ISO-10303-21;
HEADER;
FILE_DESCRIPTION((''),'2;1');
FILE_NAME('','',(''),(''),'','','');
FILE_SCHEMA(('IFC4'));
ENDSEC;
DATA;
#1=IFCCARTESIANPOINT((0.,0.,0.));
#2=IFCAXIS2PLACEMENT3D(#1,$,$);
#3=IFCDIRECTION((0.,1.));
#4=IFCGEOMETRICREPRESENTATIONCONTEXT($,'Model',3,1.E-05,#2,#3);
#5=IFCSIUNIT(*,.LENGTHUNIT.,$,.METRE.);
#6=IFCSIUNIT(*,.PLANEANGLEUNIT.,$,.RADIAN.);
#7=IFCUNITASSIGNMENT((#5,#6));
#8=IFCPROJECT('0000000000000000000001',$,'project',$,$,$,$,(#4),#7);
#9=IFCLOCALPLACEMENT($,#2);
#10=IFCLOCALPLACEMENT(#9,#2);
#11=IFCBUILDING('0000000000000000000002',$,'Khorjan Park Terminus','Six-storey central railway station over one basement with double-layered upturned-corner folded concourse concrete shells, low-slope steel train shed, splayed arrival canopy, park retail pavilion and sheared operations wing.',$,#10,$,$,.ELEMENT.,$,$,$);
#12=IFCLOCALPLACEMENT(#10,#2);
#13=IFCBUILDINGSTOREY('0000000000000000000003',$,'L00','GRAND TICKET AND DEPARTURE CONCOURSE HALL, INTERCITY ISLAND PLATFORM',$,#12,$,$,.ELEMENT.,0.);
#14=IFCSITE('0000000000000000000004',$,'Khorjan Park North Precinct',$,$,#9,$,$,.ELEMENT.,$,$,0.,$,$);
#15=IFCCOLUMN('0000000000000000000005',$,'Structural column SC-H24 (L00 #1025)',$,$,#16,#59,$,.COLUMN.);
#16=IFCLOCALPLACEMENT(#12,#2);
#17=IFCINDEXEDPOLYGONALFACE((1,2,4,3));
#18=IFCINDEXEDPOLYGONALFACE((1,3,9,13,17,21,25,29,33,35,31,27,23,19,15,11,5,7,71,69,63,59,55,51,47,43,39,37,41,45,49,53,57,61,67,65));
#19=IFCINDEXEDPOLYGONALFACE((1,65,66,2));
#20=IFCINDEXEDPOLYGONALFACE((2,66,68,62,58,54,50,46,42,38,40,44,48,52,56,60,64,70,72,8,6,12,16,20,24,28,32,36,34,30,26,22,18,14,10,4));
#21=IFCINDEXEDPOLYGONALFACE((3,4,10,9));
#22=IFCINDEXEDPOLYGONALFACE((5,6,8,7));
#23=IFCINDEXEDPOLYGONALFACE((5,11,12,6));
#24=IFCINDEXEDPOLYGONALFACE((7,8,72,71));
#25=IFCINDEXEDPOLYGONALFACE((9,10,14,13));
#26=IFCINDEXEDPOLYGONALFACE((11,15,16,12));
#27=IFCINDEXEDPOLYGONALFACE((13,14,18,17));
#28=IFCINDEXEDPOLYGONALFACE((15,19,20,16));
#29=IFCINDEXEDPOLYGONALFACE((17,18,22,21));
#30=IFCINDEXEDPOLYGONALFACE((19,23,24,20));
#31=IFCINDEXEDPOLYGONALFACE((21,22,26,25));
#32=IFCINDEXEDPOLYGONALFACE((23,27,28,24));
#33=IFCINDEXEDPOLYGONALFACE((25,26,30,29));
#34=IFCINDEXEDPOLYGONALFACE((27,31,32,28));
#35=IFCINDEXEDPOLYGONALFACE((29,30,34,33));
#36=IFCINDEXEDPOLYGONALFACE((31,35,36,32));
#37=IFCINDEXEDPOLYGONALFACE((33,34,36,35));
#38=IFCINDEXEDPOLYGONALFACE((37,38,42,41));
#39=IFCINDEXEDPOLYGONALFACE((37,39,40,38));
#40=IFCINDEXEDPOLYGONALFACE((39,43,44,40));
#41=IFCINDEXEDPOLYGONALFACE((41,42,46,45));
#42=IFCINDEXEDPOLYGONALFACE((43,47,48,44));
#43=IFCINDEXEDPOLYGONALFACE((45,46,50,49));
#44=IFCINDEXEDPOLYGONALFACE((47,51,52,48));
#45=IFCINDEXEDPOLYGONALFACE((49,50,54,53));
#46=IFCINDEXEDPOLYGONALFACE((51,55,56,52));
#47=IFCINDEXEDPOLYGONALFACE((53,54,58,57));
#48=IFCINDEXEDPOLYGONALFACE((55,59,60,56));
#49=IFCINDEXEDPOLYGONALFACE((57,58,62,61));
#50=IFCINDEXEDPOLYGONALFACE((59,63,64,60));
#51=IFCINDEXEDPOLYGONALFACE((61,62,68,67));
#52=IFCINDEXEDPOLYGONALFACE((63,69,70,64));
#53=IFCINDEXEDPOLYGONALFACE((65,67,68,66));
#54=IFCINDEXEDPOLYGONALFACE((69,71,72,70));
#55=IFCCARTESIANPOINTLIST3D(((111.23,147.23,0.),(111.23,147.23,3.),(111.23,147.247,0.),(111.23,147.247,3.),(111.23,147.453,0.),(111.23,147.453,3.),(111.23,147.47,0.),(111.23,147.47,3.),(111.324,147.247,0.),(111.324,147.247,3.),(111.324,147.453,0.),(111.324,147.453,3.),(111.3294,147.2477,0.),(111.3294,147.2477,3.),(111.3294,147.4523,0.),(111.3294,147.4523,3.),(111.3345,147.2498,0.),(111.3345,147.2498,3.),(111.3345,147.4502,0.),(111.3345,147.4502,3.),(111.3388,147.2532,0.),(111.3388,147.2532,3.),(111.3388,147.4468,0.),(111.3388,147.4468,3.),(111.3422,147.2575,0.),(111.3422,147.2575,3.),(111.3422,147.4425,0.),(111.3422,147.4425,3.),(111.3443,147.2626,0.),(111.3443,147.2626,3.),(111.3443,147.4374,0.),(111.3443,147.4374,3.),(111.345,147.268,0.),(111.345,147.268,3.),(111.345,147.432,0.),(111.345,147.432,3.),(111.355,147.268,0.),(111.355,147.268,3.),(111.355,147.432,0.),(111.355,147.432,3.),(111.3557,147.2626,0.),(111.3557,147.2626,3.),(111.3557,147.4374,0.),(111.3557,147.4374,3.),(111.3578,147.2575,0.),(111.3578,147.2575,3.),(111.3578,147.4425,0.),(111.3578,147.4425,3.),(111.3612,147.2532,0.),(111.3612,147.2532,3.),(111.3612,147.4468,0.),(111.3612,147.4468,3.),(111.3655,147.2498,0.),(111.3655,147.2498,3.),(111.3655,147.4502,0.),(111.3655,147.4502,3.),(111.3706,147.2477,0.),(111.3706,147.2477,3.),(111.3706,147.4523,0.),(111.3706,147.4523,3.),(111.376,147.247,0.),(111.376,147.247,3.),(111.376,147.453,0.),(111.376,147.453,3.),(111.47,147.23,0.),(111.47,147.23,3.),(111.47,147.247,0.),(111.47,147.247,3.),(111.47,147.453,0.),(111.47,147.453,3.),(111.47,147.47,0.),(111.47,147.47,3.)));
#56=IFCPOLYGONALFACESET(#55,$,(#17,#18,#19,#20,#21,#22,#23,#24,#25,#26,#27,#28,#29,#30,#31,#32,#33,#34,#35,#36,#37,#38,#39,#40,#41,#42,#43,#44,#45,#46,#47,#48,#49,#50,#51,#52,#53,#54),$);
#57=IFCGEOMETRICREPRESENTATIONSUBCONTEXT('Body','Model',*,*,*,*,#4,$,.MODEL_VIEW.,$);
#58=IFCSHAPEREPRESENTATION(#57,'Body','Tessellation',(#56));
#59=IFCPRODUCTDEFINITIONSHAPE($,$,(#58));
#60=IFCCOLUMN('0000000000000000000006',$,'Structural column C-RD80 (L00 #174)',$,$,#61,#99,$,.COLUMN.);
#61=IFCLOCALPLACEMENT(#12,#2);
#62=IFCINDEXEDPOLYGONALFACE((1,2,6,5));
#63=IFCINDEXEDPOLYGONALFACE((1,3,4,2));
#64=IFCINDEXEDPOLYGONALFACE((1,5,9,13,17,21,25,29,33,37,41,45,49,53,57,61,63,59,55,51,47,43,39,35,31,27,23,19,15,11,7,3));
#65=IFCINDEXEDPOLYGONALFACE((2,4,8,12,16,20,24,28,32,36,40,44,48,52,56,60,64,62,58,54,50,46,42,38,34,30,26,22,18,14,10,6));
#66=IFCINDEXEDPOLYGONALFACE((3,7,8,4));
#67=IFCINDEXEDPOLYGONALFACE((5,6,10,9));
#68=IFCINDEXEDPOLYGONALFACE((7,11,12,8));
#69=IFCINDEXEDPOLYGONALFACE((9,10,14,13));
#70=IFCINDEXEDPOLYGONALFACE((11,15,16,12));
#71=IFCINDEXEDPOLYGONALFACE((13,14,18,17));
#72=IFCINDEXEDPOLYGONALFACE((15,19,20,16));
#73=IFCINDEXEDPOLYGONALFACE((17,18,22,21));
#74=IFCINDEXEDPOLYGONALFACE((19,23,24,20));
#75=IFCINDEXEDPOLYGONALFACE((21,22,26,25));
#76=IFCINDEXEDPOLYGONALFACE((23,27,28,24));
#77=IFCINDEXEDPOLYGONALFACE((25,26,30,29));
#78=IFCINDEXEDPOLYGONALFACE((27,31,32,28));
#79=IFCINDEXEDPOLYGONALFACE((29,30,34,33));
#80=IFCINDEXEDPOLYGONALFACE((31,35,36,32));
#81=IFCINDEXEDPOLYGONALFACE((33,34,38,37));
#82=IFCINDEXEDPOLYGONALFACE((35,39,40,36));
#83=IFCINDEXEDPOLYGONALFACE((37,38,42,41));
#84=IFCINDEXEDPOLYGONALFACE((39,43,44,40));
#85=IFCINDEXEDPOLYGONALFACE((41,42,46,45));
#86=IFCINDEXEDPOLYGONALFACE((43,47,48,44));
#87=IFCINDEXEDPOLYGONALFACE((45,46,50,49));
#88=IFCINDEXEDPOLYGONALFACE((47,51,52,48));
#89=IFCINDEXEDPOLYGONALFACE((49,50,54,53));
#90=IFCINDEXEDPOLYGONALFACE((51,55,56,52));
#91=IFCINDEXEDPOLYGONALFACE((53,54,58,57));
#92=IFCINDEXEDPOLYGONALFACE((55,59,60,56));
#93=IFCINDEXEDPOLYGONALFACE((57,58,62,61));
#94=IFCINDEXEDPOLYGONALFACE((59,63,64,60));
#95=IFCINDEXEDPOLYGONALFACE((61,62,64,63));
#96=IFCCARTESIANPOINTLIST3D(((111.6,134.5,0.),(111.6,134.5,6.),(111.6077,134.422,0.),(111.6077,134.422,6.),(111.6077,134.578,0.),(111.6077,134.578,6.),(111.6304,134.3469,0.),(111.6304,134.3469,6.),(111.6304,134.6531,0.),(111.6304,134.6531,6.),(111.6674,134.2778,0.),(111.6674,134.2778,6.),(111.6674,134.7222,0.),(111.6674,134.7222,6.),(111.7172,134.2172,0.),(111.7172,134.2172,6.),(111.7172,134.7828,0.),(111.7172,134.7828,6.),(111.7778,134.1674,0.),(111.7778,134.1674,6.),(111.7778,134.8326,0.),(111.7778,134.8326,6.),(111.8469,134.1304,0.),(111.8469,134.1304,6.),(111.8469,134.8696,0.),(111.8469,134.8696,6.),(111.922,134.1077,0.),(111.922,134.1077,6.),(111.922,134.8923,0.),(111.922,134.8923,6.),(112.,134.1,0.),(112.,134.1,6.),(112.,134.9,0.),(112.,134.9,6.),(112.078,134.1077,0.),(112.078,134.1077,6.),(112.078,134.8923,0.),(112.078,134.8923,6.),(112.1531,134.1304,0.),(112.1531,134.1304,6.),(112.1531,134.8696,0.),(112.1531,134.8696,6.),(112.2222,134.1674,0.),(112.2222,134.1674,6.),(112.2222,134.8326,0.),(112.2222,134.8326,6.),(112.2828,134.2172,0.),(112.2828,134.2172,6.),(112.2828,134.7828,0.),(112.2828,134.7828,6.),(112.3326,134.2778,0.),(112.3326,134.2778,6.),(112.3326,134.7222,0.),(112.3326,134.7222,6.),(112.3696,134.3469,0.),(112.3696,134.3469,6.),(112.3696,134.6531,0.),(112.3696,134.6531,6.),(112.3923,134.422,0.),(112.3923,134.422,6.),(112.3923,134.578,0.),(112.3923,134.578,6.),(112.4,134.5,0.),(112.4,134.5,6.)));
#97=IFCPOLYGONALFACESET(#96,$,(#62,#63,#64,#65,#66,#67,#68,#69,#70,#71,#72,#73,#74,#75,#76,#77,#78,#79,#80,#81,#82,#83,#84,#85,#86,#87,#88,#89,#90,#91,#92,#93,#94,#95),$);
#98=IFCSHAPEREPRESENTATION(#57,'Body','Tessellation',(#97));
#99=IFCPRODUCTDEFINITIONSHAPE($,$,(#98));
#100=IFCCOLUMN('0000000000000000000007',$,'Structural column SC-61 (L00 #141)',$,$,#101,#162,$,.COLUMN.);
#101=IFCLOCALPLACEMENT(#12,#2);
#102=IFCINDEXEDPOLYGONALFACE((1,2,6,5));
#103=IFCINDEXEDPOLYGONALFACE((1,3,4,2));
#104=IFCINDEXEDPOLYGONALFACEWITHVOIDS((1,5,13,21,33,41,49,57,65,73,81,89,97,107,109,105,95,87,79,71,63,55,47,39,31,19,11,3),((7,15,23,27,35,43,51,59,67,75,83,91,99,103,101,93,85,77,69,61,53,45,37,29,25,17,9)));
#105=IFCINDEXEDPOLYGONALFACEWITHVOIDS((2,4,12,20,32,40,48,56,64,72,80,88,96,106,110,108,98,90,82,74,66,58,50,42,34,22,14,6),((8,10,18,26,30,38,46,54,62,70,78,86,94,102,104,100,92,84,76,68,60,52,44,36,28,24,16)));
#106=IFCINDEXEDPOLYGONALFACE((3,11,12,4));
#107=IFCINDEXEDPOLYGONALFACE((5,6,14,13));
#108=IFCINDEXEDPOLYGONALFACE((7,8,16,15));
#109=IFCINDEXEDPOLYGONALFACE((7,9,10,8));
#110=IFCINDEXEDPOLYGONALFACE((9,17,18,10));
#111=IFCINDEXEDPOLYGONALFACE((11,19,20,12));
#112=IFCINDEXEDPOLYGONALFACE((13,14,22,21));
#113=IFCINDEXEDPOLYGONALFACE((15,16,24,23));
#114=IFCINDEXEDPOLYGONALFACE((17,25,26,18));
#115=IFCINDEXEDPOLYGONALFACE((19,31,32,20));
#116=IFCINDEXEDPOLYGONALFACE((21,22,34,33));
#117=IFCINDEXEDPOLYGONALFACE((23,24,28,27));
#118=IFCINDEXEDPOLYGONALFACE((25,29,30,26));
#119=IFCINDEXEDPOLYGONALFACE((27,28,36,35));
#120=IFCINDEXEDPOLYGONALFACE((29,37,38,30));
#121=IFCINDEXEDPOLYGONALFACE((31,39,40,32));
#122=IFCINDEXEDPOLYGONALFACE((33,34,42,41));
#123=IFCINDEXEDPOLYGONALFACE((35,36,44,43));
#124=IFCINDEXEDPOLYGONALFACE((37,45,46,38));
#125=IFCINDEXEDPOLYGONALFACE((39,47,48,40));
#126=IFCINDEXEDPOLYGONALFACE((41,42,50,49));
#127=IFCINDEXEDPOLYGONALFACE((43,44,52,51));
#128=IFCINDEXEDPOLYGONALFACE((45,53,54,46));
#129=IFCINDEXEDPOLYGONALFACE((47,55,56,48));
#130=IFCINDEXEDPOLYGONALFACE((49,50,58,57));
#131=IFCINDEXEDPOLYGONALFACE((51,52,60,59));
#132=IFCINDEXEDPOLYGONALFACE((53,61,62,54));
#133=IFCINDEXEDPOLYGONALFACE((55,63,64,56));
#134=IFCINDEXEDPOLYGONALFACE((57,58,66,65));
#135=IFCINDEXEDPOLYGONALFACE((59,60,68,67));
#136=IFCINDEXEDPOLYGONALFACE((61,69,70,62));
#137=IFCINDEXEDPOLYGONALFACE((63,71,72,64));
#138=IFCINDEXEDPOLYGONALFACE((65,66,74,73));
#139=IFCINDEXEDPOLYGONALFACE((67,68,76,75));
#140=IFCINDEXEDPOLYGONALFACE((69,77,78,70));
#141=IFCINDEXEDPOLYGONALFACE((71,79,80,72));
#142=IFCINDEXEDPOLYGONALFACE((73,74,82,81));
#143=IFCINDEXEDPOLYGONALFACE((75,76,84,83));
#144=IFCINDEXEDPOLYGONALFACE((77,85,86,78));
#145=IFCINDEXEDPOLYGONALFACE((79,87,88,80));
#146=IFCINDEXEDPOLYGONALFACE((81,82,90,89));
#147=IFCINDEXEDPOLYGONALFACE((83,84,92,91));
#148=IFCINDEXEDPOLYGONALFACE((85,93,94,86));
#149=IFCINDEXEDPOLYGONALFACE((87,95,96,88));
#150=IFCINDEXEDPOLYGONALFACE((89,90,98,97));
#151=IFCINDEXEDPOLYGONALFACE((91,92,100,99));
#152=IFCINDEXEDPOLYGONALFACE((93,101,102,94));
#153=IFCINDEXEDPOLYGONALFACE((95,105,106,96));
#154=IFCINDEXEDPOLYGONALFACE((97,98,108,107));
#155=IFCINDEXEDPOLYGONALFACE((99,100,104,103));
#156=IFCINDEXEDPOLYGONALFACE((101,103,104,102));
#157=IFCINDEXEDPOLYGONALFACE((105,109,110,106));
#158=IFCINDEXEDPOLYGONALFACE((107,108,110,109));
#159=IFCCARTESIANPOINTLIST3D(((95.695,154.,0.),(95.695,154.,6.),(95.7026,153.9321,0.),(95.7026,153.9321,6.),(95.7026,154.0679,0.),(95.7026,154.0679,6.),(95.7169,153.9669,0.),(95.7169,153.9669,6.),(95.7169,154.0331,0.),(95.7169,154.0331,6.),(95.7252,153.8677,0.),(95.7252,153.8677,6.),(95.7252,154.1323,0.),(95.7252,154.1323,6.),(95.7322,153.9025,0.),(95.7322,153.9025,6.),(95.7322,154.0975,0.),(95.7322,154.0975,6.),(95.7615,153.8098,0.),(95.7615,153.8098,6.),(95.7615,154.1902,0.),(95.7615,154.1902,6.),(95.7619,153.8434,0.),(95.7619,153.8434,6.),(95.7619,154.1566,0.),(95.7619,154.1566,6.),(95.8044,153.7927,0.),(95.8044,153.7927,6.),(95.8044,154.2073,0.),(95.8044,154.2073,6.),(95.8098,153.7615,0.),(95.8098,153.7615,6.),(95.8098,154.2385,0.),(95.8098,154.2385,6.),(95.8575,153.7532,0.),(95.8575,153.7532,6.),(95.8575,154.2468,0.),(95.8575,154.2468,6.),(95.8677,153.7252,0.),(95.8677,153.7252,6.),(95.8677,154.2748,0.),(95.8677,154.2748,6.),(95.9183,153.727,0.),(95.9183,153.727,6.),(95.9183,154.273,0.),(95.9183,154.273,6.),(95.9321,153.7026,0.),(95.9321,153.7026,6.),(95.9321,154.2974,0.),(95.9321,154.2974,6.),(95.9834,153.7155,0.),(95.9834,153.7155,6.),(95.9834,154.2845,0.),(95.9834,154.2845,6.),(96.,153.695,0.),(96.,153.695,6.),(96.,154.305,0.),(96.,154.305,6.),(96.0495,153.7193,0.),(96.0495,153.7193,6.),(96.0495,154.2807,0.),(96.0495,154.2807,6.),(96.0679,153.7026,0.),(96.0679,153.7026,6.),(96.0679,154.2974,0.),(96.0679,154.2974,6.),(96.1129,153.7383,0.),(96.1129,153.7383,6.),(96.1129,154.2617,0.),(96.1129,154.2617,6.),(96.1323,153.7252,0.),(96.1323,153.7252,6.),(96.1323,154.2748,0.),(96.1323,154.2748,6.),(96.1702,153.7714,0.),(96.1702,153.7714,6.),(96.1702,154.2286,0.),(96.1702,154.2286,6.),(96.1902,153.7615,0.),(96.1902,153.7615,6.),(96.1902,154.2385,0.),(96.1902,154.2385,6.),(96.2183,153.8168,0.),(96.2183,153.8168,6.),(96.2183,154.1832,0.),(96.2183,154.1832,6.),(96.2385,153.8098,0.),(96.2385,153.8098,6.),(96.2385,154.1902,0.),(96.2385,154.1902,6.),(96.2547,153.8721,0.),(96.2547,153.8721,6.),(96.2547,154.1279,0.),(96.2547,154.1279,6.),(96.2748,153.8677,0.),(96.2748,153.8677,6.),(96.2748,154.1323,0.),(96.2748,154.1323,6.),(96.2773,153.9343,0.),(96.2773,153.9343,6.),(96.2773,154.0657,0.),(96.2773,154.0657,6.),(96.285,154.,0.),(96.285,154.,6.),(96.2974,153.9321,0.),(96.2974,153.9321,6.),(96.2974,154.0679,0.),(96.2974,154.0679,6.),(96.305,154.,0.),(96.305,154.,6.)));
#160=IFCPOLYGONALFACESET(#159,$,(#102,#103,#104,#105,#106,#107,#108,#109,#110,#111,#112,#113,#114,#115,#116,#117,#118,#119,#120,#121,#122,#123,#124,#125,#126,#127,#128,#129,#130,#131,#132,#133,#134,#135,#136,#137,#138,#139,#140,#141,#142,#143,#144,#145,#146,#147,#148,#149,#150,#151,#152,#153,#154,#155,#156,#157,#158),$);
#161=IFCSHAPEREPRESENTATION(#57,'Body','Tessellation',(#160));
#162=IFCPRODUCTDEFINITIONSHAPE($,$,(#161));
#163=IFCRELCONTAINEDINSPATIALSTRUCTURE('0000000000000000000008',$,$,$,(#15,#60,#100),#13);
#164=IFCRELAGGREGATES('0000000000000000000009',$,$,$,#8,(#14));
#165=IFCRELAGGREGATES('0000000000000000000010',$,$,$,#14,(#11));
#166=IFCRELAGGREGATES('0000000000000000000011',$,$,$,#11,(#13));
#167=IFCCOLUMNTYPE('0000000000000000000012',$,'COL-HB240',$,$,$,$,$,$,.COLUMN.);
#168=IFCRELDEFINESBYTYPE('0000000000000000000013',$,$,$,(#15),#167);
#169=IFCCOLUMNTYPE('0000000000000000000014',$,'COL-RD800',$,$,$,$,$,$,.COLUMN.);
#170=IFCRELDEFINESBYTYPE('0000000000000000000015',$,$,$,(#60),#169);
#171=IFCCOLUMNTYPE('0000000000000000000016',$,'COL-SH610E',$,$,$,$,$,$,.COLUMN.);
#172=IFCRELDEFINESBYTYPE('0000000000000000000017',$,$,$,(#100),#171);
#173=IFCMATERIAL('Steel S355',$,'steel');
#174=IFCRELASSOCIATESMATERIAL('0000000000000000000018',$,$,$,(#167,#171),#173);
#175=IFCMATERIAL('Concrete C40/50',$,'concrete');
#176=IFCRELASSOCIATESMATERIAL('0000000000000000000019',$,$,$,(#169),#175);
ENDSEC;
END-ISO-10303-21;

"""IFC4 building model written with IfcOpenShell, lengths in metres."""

from ifc_helpers import new_model, si_unit, direction, frame, origin, origin_2d, place, context, subcontext, project, spatial, circle, hollow_circle, i_section, extrude, material, material_profile, profile_set, type_object, element, save


model = new_model("IFC4")

# Units and contexts
model_context = context("Model", 3, precision=1e-05, world=origin(), true_north=direction((0.0, 1.0)))
body_context = subcontext(model_context, "Body", "Model", "MODEL_VIEW")
ifc_project = project(units=[si_unit("LENGTHUNIT", "METRE"), si_unit("PLANEANGLEUNIT", "RADIAN")], contexts=[model_context])

# Site, building, storey
site_placement = place(None, origin())
site = spatial("IfcSite", under=ifc_project, at=site_placement, Name="Khorjan Park North Precinct", CompositionType="ELEMENT", RefElevation=0.0)
building_placement = place(site_placement, origin())
building = spatial("IfcBuilding", under=site, at=building_placement, Name="Khorjan Park Terminus", Description="Six-storey central railway station over one basement with double-layered upturned-corner folded concourse concrete shells, low-slope steel train shed, splayed arrival canopy, park retail pavilion and sheared operations wing.", CompositionType="ELEMENT")
storey_placement = place(building_placement, origin())
storey = spatial("IfcBuildingStorey", under=building, at=storey_placement, Name="L00", Description="GRAND TICKET AND DEPARTURE CONCOURSE HALL, INTERCITY ISLAND PLATFORM", CompositionType="ELEMENT", Elevation=0.0)

# Columns
ifc_material_1 = material(Name="Steel S355", Category="steel")
ifc_material_profile_1 = material_profile(ifc_material_1, i_section(OverallWidth=0.24, OverallDepth=0.24, WebThickness=0.01, FlangeThickness=0.017, FilletRadius=0.021, at=origin_2d()), Name="HEB 240")
ifc_profile_set_1 = profile_set([ifc_material_profile_1], Name="Steel S355")
column_type_1 = type_object("IfcColumnType", Name="COL-HB240", PredefinedType="COLUMN", material=ifc_profile_set_1)
column_1_placement = place(storey_placement, frame((111.35, 147.35, 0.0), z_axis=(0.0, 0.0, 1.0), x_axis=(1.0, 0.0, 0.0)))
element("IfcColumn", 1, at=column_1_placement, inside=storey, type_object=column_type_1, Name="Structural column SC-H24 (L00 #1025)", PredefinedType="COLUMN", context=body_context, shape_type="SweptSolid", body=[
    extrude(i_section(OverallWidth=0.24, OverallDepth=0.24, WebThickness=0.01, FlangeThickness=0.017, FilletRadius=0.021, at=origin_2d()), origin(), (0.0, 0.0, 1.0), 3.0),
])
ifc_material_2 = material(Name="Concrete C40/50", Category="concrete")
ifc_material_profile_2 = material_profile(ifc_material_2, circle(Radius=0.4, at=origin_2d()), Name="RC D800")
ifc_profile_set_2 = profile_set([ifc_material_profile_2], Name="Concrete C40/50")
column_type_2 = type_object("IfcColumnType", Name="COL-RD800", PredefinedType="COLUMN", material=ifc_profile_set_2)
column_2_placement = place(storey_placement, frame((112.0, 134.5, 0.0), z_axis=(0.0, 0.0, 1.0), x_axis=(1.0, 0.0, 0.0)))
element("IfcColumn", 2, at=column_2_placement, inside=storey, type_object=column_type_2, Name="Structural column C-RD80 (L00 #174)", PredefinedType="COLUMN", context=body_context, shape_type="SweptSolid", body=[
    extrude(circle(Radius=0.4, at=origin_2d()), origin(), (0.0, 0.0, 1.0), 6.0),
])
ifc_material_profile_3 = material_profile(ifc_material_1, hollow_circle(Radius=0.305, WallThickness=0.02, at=origin_2d()), Name="CHS 610x20")
ifc_profile_set_3 = profile_set([ifc_material_profile_3], Name="Steel S355")
column_type_3 = type_object("IfcColumnType", Name="COL-SH610E", PredefinedType="COLUMN", material=ifc_profile_set_3)
column_3_placement = place(storey_placement, frame((96.0, 154.0, 0.0), z_axis=(0.0, 0.0, 1.0), x_axis=(1.0, 0.0, 0.0)))
element("IfcColumn", 3, at=column_3_placement, inside=storey, type_object=column_type_3, Name="Structural column SC-61 (L00 #141)", PredefinedType="COLUMN", context=body_context, shape_type="SweptSolid", body=[
    extrude(hollow_circle(Radius=0.305, WallThickness=0.02, at=origin_2d()), origin(), (0.0, 0.0, 1.0), 6.0),
])

save(model, "model.ifc")
